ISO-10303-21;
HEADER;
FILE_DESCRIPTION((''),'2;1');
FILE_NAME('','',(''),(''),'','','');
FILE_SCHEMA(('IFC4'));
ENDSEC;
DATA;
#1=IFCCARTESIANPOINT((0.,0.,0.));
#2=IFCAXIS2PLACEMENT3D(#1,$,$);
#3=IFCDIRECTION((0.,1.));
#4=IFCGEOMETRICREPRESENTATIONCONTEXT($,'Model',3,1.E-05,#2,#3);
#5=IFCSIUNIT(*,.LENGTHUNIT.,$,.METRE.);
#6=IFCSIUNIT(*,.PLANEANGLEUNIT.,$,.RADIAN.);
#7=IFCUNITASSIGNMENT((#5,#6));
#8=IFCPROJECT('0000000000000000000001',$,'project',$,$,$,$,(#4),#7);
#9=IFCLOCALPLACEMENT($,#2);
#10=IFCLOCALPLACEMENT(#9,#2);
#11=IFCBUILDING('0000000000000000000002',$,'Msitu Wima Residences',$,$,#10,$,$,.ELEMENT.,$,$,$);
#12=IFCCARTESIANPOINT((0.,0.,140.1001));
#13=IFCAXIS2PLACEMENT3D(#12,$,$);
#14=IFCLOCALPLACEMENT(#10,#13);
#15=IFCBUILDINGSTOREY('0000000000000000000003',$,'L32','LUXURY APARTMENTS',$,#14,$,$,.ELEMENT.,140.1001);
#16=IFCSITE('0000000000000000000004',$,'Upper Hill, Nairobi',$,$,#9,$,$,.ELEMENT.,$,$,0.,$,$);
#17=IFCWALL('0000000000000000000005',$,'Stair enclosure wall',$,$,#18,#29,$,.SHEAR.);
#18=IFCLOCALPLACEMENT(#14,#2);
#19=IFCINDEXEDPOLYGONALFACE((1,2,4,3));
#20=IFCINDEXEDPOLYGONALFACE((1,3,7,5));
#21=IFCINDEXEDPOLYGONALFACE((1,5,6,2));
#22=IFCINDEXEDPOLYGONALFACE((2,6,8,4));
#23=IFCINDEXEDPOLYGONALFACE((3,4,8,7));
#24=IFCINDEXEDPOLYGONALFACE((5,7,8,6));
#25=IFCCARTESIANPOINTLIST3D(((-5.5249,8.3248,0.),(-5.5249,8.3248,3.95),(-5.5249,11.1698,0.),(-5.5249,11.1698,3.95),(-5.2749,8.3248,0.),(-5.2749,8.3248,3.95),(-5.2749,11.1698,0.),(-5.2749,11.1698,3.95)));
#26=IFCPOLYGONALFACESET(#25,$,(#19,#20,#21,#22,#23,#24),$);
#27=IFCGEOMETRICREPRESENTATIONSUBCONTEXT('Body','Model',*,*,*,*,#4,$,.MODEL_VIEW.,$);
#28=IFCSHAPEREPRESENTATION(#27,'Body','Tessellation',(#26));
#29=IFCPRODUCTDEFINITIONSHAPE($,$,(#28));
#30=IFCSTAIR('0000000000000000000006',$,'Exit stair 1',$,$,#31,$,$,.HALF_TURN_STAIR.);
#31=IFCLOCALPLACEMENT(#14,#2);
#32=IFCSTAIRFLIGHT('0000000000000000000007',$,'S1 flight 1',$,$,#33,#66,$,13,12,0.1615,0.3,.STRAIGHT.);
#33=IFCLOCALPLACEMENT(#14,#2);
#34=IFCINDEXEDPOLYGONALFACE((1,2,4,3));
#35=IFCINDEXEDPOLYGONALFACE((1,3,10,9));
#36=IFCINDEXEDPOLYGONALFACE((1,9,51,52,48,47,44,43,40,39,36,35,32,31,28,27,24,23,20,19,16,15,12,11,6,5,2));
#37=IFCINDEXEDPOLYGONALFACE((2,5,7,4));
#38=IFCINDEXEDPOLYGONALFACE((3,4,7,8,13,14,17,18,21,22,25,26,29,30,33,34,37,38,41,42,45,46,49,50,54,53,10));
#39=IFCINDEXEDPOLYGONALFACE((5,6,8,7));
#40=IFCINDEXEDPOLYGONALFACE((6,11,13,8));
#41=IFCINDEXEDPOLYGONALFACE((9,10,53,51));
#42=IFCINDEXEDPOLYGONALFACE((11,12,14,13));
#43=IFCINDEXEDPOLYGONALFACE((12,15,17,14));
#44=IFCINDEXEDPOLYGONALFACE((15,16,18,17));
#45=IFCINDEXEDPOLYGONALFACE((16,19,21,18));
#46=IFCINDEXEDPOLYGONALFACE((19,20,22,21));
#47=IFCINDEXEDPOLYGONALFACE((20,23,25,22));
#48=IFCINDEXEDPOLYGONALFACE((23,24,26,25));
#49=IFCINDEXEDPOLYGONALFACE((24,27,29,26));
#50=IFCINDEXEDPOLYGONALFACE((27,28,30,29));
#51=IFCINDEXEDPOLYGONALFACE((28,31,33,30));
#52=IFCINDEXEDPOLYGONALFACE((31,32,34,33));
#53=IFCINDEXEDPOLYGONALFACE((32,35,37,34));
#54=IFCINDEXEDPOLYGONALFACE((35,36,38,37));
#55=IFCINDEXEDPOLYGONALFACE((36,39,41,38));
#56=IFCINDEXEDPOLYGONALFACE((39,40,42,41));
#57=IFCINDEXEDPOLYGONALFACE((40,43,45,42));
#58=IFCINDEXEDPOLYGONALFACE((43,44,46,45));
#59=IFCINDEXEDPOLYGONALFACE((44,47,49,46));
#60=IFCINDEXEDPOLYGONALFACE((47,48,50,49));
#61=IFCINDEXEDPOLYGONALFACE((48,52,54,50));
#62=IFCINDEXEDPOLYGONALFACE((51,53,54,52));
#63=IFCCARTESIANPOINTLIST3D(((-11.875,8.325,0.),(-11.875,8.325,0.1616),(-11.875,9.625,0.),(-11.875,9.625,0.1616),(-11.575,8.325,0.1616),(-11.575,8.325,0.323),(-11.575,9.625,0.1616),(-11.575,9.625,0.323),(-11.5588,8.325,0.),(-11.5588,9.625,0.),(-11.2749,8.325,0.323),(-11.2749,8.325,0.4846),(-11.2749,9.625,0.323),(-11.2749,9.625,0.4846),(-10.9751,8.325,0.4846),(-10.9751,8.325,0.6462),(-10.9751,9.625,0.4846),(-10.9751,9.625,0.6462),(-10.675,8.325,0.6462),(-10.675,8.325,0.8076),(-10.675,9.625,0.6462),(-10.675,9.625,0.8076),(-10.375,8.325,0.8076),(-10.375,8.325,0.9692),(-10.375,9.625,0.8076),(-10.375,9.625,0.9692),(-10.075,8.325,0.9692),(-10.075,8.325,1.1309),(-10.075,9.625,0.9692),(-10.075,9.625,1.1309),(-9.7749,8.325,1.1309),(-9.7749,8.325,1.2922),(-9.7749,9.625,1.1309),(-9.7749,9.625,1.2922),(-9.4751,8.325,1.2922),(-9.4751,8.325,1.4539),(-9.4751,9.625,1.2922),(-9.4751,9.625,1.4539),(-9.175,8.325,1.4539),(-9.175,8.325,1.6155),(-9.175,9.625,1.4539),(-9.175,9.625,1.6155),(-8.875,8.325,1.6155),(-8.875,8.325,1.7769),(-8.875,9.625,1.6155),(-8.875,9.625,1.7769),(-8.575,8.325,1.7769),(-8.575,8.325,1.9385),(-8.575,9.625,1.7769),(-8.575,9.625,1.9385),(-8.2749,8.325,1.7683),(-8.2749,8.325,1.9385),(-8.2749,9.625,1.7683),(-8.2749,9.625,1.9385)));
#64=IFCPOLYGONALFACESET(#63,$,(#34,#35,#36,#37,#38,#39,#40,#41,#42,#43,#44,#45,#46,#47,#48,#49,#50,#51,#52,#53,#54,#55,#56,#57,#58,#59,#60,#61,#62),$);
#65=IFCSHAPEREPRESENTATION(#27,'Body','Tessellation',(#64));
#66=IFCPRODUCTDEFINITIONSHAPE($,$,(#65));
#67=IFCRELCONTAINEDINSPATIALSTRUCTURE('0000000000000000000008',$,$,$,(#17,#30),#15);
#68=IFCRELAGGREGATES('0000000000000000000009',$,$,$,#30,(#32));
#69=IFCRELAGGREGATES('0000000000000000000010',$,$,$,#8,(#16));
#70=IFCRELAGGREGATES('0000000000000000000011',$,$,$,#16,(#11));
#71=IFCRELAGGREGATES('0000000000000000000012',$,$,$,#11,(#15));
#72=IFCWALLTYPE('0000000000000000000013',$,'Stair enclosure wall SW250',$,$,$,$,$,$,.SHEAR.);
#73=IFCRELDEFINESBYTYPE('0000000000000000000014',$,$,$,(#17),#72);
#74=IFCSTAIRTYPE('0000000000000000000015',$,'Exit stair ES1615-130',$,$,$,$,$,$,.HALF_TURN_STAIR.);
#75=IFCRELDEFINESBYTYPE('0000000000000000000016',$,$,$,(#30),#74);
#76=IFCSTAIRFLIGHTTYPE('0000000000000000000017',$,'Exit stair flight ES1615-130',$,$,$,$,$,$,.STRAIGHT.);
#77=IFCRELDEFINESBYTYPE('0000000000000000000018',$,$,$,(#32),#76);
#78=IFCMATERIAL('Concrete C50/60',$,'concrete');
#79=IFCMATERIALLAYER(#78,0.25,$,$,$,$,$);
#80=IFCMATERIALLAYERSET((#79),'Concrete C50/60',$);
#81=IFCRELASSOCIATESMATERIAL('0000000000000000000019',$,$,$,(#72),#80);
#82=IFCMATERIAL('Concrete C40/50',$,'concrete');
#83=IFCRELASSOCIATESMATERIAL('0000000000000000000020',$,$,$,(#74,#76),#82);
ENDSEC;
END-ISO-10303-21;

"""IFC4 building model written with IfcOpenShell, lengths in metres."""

from ifc_helpers import new_model, si_unit, direction, frame, frame_2d, origin, place, context, subcontext, project, spatial, polyline, rectangle, outline, extrude, material, layer, layer_set, type_object, element, aggregate, save


model = new_model("IFC4")

# Units and contexts
model_context = context("Model", 3, precision=1e-05, world=origin(), true_north=direction((0.0, 1.0)))
body_context = subcontext(model_context, "Body", "Model", "MODEL_VIEW")
ifc_project = project(units=[si_unit("LENGTHUNIT", "METRE"), si_unit("PLANEANGLEUNIT", "RADIAN")], contexts=[model_context])

# Site, building, storey
site_placement = place(None, origin())
site = spatial("IfcSite", under=ifc_project, at=site_placement, Name="Upper Hill, Nairobi", CompositionType="ELEMENT", RefElevation=0.0)
building_placement = place(site_placement, origin())
building = spatial("IfcBuilding", under=site, at=building_placement, Name="Msitu Wima Residences", CompositionType="ELEMENT")
storey_placement = place(building_placement, frame((0.0, 0.0, 140.1001)))
storey = spatial("IfcBuildingStorey", under=building, at=storey_placement, Name="L32", Description="LUXURY APARTMENTS", CompositionType="ELEMENT", Elevation=140.1001)

# Shared definitions
ifc_material_1 = material(Name="Concrete C40/50", Category="concrete")

# Wall
ifc_material_2 = material(Name="Concrete C50/60", Category="concrete")
ifc_layer_1 = layer(ifc_material_2, 0.25)
ifc_layer_set_1 = layer_set([ifc_layer_1], Name="Concrete C50/60")
wall_type_1 = type_object("IfcWallType", Name="Stair enclosure wall SW250", PredefinedType="SHEAR", material=ifc_layer_set_1)
wall_1_placement = place(storey_placement, frame((-5.3999, 8.325, 0.0), z_axis=(0.0, 0.0, 1.0), x_axis=(0.0, 1.0, 0.0)))
element("IfcWall", 1, at=wall_1_placement, inside=storey, type_object=wall_type_1, Name="Stair enclosure wall", PredefinedType="SHEAR", context=body_context, shape_type="SweptSolid", body=[
    extrude(rectangle(XDim=2.845, YDim=0.25, at=frame_2d((1.4224, 0.0))), origin(), (0.0, 0.0, 1.0), 3.95),
])

# Stair, stair flight
stair_type = type_object("IfcStairType", Name="Exit stair ES1615-130", PredefinedType="HALF_TURN_STAIR", material=ifc_material_1)
stair_placement = place(storey_placement, origin())
stair = element("IfcStair", 2, at=stair_placement, inside=storey, type_object=stair_type, Name="Exit stair 1", PredefinedType="HALF_TURN_STAIR")
stair_flight_type = type_object("IfcStairFlightType", Name="Exit stair flight ES1615-130", PredefinedType="STRAIGHT", material=ifc_material_1)
stair_flight_placement = place(storey_placement, frame((-11.875, 8.9751, 0.0), z_axis=(0.0, 0.0, 1.0), x_axis=(1.0, 0.0, 0.0)))
stair_flight = element("IfcStairFlight", 3, at=stair_flight_placement, type_object=stair_flight_type, Name="S1 flight 1", NumberOfRisers=13, NumberOfTreads=12, PredefinedType="STRAIGHT", RiserHeight=0.1615, TreadLength=0.3, context=body_context, shape_type="SweptSolid", body=[
    extrude(outline(polyline([(0.0, 0.0), (0.0, 0.1616), (0.3, 0.1616), (0.3, 0.323), (0.6001, 0.323), (0.6001, 0.4846), (0.8999, 0.4846), (0.8999, 0.6462), (1.2, 0.6462), (1.2, 0.8076), (1.5, 0.8076), (1.5, 0.9692), (1.8, 0.9692), (1.8, 1.1309), (2.1001, 1.1309), (2.1001, 1.2922), (2.3999, 1.2922), (2.3999, 1.4539), (2.7, 1.4539), (2.7, 1.6155), (3.0, 1.6155), (3.0, 1.7769), (3.3, 1.7769), (3.3, 1.9385), (3.6001, 1.9385), (3.6001, 2.1001), (3.6001, 1.7683), (0.3162, 0.0), (0.0, 0.0)])), frame((0.0, 0.6499, 0.0), z_axis=(0.0, -1.0, 0.0), x_axis=(1.0, 0.0, 0.0)), (0.0, 0.0, 1.0), 1.3),
])
aggregate(stair, [stair_flight])

save(model, "model.ifc")
